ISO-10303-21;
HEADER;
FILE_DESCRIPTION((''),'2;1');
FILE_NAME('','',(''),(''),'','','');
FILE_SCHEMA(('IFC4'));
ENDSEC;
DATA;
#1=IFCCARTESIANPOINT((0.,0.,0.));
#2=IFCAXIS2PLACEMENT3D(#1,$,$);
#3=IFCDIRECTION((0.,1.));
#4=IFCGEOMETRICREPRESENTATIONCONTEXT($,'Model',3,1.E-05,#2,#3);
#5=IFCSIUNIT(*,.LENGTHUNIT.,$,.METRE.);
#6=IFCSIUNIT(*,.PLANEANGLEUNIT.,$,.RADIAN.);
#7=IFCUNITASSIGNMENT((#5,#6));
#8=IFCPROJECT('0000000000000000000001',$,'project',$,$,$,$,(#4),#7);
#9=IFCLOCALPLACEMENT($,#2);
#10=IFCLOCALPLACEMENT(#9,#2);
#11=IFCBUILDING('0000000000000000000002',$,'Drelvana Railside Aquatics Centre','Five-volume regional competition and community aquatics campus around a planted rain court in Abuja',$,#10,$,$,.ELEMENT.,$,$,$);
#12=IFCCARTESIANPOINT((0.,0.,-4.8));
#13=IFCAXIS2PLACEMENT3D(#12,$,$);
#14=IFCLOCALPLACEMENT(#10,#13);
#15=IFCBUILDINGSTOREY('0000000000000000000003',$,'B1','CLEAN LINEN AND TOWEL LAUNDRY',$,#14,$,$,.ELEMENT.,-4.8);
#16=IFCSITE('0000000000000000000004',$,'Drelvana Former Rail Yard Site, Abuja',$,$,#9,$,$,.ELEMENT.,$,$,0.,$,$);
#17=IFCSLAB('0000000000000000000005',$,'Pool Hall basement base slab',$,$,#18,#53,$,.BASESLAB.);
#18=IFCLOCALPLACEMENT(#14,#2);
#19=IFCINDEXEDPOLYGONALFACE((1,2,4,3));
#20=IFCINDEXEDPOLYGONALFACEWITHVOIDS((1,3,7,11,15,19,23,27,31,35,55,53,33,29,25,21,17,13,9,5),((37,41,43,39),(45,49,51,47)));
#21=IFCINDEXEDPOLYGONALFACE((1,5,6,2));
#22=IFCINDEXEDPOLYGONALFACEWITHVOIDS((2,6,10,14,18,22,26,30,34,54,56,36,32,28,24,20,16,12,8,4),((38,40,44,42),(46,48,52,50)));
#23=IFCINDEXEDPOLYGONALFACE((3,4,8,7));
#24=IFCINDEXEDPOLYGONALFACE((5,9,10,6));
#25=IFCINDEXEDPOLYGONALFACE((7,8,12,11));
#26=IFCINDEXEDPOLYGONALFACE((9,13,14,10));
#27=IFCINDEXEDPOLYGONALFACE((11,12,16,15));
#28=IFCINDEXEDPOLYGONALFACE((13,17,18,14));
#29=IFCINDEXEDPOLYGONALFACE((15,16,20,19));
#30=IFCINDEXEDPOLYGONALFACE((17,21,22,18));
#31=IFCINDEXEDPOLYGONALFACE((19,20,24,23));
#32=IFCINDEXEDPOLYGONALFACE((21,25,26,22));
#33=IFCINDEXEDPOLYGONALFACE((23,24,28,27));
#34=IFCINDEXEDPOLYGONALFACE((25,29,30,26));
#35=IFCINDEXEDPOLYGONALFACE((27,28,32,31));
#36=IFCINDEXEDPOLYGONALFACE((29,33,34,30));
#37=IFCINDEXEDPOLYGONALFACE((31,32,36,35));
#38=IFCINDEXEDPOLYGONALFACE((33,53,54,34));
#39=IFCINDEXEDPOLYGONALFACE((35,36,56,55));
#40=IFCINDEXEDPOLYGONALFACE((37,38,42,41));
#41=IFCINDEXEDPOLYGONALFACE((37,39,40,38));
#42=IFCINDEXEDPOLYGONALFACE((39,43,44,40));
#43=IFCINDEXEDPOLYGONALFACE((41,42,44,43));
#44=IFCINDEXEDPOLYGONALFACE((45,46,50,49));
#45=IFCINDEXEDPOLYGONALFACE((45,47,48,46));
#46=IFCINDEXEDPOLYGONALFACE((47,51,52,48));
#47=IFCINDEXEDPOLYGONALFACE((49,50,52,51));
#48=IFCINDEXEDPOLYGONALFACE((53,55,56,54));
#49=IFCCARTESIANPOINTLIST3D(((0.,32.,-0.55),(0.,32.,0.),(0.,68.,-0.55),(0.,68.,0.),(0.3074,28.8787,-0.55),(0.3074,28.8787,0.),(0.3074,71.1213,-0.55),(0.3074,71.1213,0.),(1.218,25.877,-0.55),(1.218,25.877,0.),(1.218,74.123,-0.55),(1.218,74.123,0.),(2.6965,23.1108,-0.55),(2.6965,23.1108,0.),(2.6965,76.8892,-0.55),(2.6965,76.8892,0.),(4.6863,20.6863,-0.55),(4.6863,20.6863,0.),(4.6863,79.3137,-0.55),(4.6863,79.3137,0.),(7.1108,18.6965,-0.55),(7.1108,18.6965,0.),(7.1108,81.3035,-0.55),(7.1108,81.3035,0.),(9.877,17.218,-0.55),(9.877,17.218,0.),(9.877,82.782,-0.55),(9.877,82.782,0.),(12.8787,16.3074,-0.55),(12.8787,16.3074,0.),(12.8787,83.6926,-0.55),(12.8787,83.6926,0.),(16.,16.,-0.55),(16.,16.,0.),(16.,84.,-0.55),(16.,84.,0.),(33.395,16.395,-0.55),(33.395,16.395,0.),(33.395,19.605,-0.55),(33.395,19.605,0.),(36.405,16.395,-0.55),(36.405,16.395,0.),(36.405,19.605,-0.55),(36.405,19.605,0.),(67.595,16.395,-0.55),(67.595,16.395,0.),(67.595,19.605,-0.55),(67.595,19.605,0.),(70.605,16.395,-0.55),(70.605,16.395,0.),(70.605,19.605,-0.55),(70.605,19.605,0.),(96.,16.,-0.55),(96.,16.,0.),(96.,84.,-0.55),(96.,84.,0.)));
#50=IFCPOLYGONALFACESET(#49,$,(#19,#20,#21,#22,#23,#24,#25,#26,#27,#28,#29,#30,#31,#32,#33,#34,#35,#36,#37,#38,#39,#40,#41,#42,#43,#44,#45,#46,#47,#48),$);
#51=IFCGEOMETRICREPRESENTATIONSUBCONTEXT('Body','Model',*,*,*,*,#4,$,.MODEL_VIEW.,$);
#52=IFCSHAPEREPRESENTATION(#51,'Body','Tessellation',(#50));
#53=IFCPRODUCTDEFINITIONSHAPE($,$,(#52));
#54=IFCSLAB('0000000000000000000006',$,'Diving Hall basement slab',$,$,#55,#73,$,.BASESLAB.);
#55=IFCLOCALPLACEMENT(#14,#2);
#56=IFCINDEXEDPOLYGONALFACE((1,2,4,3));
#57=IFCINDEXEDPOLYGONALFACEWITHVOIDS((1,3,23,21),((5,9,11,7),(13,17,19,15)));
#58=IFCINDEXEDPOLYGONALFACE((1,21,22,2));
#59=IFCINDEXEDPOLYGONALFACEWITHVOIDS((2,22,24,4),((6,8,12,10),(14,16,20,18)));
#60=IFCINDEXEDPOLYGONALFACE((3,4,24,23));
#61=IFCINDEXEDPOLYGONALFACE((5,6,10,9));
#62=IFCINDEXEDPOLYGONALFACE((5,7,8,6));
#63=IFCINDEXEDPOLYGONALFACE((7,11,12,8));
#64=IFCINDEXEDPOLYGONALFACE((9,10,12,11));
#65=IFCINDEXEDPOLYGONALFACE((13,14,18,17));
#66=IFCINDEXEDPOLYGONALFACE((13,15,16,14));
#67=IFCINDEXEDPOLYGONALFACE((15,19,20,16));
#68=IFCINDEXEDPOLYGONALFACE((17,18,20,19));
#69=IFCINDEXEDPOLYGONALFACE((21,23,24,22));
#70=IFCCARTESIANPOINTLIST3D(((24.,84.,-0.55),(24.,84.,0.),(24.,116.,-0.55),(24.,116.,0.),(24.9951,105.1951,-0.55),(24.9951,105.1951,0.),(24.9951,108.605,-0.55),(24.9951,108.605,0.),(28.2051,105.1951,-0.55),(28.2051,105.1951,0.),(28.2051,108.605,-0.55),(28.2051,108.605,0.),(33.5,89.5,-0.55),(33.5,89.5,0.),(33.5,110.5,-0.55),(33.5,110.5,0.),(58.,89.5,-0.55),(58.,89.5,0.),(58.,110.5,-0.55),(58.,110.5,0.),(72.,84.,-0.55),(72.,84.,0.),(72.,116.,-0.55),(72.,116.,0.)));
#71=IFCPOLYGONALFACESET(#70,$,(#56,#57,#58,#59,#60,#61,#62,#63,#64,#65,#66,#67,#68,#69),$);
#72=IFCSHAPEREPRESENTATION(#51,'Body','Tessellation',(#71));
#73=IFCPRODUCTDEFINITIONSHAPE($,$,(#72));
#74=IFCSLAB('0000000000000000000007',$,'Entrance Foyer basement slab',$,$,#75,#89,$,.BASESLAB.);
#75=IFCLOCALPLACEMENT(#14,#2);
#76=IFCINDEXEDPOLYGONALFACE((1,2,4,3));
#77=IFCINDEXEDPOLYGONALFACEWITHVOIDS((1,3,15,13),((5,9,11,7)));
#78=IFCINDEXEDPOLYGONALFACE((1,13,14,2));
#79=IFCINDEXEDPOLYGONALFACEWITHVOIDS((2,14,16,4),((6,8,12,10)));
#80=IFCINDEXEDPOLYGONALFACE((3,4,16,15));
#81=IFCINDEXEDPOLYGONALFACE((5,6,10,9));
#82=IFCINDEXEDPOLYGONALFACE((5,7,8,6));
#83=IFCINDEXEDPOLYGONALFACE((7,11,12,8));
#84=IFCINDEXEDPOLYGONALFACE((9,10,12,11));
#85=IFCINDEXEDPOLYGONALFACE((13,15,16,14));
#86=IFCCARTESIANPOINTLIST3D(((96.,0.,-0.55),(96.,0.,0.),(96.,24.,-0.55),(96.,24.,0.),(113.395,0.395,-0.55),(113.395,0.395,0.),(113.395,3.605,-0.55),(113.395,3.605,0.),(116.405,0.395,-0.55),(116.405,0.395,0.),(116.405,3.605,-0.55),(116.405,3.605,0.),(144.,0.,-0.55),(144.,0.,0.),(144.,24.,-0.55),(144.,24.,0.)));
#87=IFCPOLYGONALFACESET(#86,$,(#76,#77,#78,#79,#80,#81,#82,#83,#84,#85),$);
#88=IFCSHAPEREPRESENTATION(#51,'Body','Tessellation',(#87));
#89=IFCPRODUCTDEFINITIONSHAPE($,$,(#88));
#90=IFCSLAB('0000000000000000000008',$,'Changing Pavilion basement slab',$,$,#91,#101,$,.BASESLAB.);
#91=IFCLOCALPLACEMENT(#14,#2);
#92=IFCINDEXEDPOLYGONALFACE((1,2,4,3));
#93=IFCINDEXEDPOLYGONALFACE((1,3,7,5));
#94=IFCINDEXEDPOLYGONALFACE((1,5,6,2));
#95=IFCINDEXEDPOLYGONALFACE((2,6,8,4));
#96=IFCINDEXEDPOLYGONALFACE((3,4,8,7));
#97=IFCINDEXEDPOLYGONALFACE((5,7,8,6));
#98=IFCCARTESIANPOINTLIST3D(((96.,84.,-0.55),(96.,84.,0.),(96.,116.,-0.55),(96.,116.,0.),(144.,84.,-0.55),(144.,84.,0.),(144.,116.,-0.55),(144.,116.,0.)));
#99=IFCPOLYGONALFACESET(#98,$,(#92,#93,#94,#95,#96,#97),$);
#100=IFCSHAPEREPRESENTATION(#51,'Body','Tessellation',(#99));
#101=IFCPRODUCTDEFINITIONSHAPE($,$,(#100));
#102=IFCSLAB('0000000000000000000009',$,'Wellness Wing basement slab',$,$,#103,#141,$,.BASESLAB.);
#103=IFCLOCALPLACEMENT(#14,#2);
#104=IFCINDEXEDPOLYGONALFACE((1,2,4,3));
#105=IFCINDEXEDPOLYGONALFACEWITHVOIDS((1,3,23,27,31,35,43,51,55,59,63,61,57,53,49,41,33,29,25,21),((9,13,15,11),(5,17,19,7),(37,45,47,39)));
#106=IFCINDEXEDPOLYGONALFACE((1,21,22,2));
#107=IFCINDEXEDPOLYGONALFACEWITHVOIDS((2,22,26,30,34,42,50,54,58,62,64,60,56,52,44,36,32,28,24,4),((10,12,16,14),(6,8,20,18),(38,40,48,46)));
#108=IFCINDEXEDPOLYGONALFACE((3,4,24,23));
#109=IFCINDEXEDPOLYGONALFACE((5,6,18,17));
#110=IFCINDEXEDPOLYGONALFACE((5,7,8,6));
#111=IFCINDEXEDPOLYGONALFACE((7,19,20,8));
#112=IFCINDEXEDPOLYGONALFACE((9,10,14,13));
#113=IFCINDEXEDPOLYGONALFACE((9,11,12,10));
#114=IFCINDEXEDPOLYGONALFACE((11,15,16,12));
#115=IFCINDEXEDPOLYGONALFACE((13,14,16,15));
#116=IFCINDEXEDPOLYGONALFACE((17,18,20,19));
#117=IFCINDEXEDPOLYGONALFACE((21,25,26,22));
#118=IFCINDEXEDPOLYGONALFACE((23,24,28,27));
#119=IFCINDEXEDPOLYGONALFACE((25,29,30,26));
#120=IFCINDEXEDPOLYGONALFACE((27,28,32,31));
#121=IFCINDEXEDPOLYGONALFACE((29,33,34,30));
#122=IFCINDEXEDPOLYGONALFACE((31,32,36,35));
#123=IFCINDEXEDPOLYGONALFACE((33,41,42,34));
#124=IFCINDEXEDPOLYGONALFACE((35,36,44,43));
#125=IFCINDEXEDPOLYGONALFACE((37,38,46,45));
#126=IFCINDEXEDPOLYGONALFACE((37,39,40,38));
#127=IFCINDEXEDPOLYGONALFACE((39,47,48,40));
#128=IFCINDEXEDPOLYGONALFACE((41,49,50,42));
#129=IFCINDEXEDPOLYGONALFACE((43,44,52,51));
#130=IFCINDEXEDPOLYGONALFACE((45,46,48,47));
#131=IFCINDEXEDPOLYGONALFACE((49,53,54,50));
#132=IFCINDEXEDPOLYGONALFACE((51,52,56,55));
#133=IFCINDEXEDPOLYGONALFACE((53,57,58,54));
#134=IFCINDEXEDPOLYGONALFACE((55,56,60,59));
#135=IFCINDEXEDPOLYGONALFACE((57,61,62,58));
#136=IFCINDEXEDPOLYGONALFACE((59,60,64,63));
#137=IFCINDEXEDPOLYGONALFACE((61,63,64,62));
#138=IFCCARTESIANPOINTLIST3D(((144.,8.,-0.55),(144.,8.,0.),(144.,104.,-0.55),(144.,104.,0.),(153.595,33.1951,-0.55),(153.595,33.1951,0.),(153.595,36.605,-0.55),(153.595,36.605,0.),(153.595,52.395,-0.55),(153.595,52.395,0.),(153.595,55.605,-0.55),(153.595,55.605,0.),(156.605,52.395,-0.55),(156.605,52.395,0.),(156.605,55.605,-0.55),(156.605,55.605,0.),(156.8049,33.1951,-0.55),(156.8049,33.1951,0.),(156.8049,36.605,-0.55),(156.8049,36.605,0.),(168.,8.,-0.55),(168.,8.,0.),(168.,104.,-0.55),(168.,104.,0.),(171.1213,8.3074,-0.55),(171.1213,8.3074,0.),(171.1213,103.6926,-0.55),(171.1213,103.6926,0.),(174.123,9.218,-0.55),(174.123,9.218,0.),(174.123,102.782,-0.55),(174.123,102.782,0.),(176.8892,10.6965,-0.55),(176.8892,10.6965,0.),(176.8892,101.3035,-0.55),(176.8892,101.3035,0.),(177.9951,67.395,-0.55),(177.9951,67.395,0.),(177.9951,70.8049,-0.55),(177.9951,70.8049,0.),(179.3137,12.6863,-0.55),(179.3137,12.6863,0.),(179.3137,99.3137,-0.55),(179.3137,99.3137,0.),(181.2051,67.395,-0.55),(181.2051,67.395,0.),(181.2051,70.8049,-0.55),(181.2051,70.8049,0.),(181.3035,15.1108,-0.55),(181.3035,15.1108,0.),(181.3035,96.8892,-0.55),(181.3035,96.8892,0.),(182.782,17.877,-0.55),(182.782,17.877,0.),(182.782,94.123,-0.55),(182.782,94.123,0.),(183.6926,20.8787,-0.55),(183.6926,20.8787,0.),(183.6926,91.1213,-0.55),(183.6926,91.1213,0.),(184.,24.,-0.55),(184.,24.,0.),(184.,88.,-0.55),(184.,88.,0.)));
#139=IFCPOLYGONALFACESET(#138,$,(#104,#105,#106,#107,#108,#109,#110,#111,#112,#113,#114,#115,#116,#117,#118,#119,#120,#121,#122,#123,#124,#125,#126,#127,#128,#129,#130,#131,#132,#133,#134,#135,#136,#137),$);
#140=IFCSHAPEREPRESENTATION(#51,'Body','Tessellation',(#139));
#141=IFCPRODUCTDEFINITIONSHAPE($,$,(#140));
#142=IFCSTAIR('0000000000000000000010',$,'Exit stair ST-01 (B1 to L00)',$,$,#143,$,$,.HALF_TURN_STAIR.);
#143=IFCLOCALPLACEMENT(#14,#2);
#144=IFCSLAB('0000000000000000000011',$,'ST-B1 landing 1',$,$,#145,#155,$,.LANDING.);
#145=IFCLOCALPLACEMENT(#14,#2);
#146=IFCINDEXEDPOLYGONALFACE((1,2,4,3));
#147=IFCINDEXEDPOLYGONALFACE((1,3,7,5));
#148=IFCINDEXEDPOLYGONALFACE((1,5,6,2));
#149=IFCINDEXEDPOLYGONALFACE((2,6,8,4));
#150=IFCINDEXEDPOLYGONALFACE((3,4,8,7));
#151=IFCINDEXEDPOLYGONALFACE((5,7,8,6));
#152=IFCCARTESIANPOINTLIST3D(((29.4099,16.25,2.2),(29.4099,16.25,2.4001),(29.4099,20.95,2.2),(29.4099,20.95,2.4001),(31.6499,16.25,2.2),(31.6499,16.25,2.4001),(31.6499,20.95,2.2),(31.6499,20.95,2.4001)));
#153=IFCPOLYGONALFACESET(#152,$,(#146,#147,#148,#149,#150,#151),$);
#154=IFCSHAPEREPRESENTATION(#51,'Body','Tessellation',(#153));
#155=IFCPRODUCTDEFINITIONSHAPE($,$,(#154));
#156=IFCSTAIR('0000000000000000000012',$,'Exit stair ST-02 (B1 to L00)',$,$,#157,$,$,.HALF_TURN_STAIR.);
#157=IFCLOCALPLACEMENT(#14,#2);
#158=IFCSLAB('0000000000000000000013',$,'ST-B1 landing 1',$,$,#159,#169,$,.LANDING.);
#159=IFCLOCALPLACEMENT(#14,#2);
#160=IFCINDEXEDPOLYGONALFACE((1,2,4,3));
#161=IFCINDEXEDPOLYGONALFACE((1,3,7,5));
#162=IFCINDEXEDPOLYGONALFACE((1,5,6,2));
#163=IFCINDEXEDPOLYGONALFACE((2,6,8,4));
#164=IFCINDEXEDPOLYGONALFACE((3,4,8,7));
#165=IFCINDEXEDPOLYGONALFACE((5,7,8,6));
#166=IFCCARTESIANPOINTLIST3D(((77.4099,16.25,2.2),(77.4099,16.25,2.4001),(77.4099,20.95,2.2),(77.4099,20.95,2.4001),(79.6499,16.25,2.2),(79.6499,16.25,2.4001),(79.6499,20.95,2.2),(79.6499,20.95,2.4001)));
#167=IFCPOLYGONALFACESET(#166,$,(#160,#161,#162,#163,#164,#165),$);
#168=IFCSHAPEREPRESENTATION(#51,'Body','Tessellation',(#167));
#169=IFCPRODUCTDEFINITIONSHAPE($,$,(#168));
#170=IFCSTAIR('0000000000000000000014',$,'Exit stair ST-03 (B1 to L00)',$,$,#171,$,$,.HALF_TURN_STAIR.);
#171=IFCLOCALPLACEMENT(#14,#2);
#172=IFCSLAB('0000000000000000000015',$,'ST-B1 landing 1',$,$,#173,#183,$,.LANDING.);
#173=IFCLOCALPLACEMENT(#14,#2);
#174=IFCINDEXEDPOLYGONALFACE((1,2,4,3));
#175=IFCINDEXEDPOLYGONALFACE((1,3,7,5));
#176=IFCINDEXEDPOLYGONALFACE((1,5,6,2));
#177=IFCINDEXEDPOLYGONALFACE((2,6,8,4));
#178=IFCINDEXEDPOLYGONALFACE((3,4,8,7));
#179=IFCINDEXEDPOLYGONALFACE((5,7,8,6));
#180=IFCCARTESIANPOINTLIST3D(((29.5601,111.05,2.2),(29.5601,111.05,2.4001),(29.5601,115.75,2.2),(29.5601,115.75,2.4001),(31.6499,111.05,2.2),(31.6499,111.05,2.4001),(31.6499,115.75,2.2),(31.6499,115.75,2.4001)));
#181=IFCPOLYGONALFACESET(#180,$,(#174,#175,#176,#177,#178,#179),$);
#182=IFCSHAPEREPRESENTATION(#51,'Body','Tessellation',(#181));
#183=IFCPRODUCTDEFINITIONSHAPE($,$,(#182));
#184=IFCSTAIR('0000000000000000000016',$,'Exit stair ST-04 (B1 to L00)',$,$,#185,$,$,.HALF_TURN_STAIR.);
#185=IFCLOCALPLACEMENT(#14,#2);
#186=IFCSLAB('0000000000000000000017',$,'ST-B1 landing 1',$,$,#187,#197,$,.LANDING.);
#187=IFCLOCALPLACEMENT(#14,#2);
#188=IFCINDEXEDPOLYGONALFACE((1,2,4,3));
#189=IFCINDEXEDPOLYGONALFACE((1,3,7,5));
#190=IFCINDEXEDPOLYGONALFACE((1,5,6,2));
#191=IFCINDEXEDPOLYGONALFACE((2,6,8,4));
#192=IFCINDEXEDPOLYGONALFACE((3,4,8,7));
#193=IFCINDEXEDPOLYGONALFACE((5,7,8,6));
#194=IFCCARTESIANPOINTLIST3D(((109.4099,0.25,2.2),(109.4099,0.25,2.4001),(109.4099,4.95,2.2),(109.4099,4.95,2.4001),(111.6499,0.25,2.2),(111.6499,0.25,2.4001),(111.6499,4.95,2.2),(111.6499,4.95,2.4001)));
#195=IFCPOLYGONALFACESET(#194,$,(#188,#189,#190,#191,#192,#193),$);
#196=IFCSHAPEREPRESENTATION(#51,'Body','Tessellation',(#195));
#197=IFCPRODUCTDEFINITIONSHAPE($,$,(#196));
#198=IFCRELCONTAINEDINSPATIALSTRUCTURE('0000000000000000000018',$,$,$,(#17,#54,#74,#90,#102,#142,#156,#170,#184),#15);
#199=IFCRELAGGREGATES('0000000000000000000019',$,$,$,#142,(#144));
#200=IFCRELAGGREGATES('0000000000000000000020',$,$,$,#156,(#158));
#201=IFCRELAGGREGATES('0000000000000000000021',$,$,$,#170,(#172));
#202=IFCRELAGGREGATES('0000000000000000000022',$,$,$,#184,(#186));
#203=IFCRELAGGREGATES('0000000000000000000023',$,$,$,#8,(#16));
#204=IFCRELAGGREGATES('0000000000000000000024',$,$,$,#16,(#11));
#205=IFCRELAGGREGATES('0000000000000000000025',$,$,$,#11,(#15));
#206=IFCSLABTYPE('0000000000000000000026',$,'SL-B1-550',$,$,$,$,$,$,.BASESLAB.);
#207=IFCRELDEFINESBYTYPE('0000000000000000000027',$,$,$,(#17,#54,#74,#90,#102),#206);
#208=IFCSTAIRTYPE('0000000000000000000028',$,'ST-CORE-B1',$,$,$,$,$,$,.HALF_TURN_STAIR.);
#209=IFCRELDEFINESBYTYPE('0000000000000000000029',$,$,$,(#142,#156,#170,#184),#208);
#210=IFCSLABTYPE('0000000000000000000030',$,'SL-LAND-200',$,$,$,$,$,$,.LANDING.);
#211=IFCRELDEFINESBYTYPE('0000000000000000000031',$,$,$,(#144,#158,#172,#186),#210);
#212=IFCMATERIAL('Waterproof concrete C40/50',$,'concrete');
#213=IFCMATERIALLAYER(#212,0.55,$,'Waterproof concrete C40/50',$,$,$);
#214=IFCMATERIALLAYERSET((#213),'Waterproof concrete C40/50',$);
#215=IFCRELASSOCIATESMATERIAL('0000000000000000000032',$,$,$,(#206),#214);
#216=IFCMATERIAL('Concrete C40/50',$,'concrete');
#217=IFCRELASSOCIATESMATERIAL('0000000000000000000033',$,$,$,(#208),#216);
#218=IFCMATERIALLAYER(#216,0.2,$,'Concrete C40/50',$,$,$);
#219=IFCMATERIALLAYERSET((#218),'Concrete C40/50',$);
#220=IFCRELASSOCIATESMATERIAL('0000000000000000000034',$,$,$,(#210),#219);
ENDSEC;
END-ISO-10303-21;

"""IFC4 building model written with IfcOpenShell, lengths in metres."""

from ifc_helpers import new_model, si_unit, direction, frame, origin, place, context, subcontext, project, spatial, polyline, outline, extrude, material, layer, layer_set, type_object, element, aggregate, save


model = new_model("IFC4")

# Units and contexts
model_context = context("Model", 3, precision=1e-05, world=origin(), true_north=direction((0.0, 1.0)))
body_context = subcontext(model_context, "Body", "Model", "MODEL_VIEW")
ifc_project = project(units=[si_unit("LENGTHUNIT", "METRE"), si_unit("PLANEANGLEUNIT", "RADIAN")], contexts=[model_context])

# Site, building, storey
site_placement = place(None, origin())
site = spatial("IfcSite", under=ifc_project, at=site_placement, Name="Drelvana Former Rail Yard Site, Abuja", CompositionType="ELEMENT", RefElevation=0.0)
building_placement = place(site_placement, origin())
building = spatial("IfcBuilding", under=site, at=building_placement, Name="Drelvana Railside Aquatics Centre", Description="Five-volume regional competition and community aquatics campus around a planted rain court in Abuja", CompositionType="ELEMENT")
storey_placement = place(building_placement, frame((0.0, 0.0, -4.8)))
storey = spatial("IfcBuildingStorey", under=building, at=storey_placement, Name="B1", Description="CLEAN LINEN AND TOWEL LAUNDRY", CompositionType="ELEMENT", Elevation=-4.8)

# Slabs
ifc_material_1 = material(Name="Waterproof concrete C40/50", Category="concrete")
ifc_layer_1 = layer(ifc_material_1, 0.55, Name="Waterproof concrete C40/50")
ifc_layer_set_1 = layer_set([ifc_layer_1], Name="Waterproof concrete C40/50")
slab_type_1 = type_object("IfcSlabType", Name="SL-B1-550", PredefinedType="BASESLAB", material=ifc_layer_set_1)
slab_1_placement = place(storey_placement, frame((0.0, 0.0, -0.55)))
element("IfcSlab", 1, at=slab_1_placement, inside=storey, type_object=slab_type_1, Name="Pool Hall basement base slab", PredefinedType="BASESLAB", context=body_context, shape_type="SweptSolid", body=[
    extrude(outline(polyline([(0.0, 32.0), (0.3074, 28.8787), (1.218, 25.877), (2.6965, 23.1108), (4.6863, 20.6863), (7.1108, 18.6965), (9.877, 17.218), (12.8787, 16.3074), (16.0, 16.0), (96.0, 16.0), (96.0, 84.0), (16.0, 84.0), (12.8787, 83.6926), (9.877, 82.782), (7.1108, 81.3035), (4.6863, 79.3137), (2.6965, 76.8892), (1.218, 74.123), (0.3074, 71.1213), (0.0, 68.0), (0.0, 32.0)]), holes=[polyline([(33.395, 16.395), (36.405, 16.395), (36.405, 19.605), (33.395, 19.605), (33.395, 16.395)]), polyline([(67.595, 16.395), (70.605, 16.395), (70.605, 19.605), (67.595, 19.605), (67.595, 16.395)])]), origin(), (0.0, 0.0, 1.0), 0.55),
])
slab_2_placement = place(storey_placement, frame((0.0, 0.0, -0.55)))
element("IfcSlab", 2, at=slab_2_placement, inside=storey, type_object=slab_type_1, Name="Diving Hall basement slab", PredefinedType="BASESLAB", context=body_context, shape_type="SweptSolid", body=[
    extrude(outline(polyline([(24.0, 84.0), (72.0, 84.0), (72.0, 116.0), (24.0, 116.0), (24.0, 84.0)]), holes=[polyline([(33.5, 89.5), (58.0, 89.5), (58.0, 110.5), (33.5, 110.5), (33.5, 89.5)]), polyline([(24.9951, 105.1951), (28.2051, 105.1951), (28.2051, 108.605), (24.9951, 108.605), (24.9951, 105.1951)])]), origin(), (0.0, 0.0, 1.0), 0.55),
])
slab_3_placement = place(storey_placement, frame((0.0, 0.0, -0.55)))
element("IfcSlab", 3, at=slab_3_placement, inside=storey, type_object=slab_type_1, Name="Entrance Foyer basement slab", PredefinedType="BASESLAB", context=body_context, shape_type="SweptSolid", body=[
    extrude(outline(polyline([(96.0, 0.0), (144.0, 0.0), (144.0, 24.0), (96.0, 24.0), (96.0, 0.0)]), holes=[polyline([(113.395, 0.395), (116.405, 0.395), (116.405, 3.605), (113.395, 3.605), (113.395, 0.395)])]), origin(), (0.0, 0.0, 1.0), 0.55),
])
slab_4_placement = place(storey_placement, frame((0.0, 0.0, -0.55)))
element("IfcSlab", 4, at=slab_4_placement, inside=storey, type_object=slab_type_1, Name="Changing Pavilion basement slab", PredefinedType="BASESLAB", context=body_context, shape_type="SweptSolid", body=[
    extrude(outline(polyline([(96.0, 84.0), (144.0, 84.0), (144.0, 116.0), (96.0, 116.0), (96.0, 84.0)])), origin(), (0.0, 0.0, 1.0), 0.55),
])
slab_5_placement = place(storey_placement, frame((0.0, 0.0, -0.55)))
element("IfcSlab", 5, at=slab_5_placement, inside=storey, type_object=slab_type_1, Name="Wellness Wing basement slab", PredefinedType="BASESLAB", context=body_context, shape_type="SweptSolid", body=[
    extrude(outline(polyline([(144.0, 8.0), (168.0, 8.0), (171.1213, 8.3074), (174.123, 9.218), (176.8892, 10.6965), (179.3137, 12.6863), (181.3035, 15.1108), (182.782, 17.877), (183.6926, 20.8787), (184.0, 24.0), (184.0, 88.0), (183.6926, 91.1213), (182.782, 94.123), (181.3035, 96.8892), (179.3137, 99.3137), (176.8892, 101.3035), (174.123, 102.782), (171.1213, 103.6926), (168.0, 104.0), (144.0, 104.0), (144.0, 8.0)]), holes=[polyline([(153.595, 33.1951), (156.8049, 33.1951), (156.8049, 36.605), (153.595, 36.605), (153.595, 33.1951)]), polyline([(177.9951, 67.395), (181.2051, 67.395), (181.2051, 70.8049), (177.9951, 70.8049), (177.9951, 67.395)]), polyline([(153.595, 52.395), (156.605, 52.395), (156.605, 55.605), (153.595, 55.605), (153.595, 52.395)])]), origin(), (0.0, 0.0, 1.0), 0.55),
])

# Stairs, slabs
ifc_material_2 = material(Name="Concrete C40/50", Category="concrete")
stair_type = type_object("IfcStairType", Name="ST-CORE-B1", PredefinedType="HALF_TURN_STAIR", material=ifc_material_2)
stair_1_placement = place(storey_placement, origin())
stair_1 = element("IfcStair", 6, at=stair_1_placement, inside=storey, type_object=stair_type, Name="Exit stair ST-01 (B1 to L00)", PredefinedType="HALF_TURN_STAIR")
ifc_layer_2 = layer(ifc_material_2, 0.2, Name="Concrete C40/50")
ifc_layer_set_2 = layer_set([ifc_layer_2], Name="Concrete C40/50")
slab_type_2 = type_object("IfcSlabType", Name="SL-LAND-200", PredefinedType="LANDING", material=ifc_layer_set_2)
slab_6_placement = place(storey_placement, frame((0.0, 0.0, 2.2)))
slab_6 = element("IfcSlab", 7, at=slab_6_placement, type_object=slab_type_2, Name="ST-B1 landing 1", PredefinedType="LANDING", context=body_context, shape_type="SweptSolid", body=[
    extrude(outline(polyline([(29.4099, 16.25), (31.6499, 16.25), (31.6499, 20.95), (29.4099, 20.95), (29.4099, 16.25)])), origin(), (0.0, 0.0, 1.0), 0.2002),
])
aggregate(stair_1, [slab_6])
stair_2_placement = place(storey_placement, origin())
stair_2 = element("IfcStair", 8, at=stair_2_placement, inside=storey, type_object=stair_type, Name="Exit stair ST-02 (B1 to L00)", PredefinedType="HALF_TURN_STAIR")
slab_7_placement = place(storey_placement, frame((0.0, 0.0, 2.2)))
slab_7 = element("IfcSlab", 9, at=slab_7_placement, type_object=slab_type_2, Name="ST-B1 landing 1", PredefinedType="LANDING", context=body_context, shape_type="SweptSolid", body=[
    extrude(outline(polyline([(77.4099, 16.25), (79.6499, 16.25), (79.6499, 20.95), (77.4099, 20.95), (77.4099, 16.25)])), origin(), (0.0, 0.0, 1.0), 0.2002),
])
aggregate(stair_2, [slab_7])
stair_3_placement = place(storey_placement, origin())
stair_3 = element("IfcStair", 10, at=stair_3_placement, inside=storey, type_object=stair_type, Name="Exit stair ST-03 (B1 to L00)", PredefinedType="HALF_TURN_STAIR")
slab_8_placement = place(storey_placement, frame((0.0, 0.0, 2.2)))
slab_8 = element("IfcSlab", 11, at=slab_8_placement, type_object=slab_type_2, Name="ST-B1 landing 1", PredefinedType="LANDING", context=body_context, shape_type="SweptSolid", body=[
    extrude(outline(polyline([(29.5601, 111.05), (31.6499, 111.05), (31.6499, 115.75), (29.5601, 115.75), (29.5601, 111.05)])), origin(), (0.0, 0.0, 1.0), 0.2002),
])
aggregate(stair_3, [slab_8])
stair_4_placement = place(storey_placement, origin())
stair_4 = element("IfcStair", 12, at=stair_4_placement, inside=storey, type_object=stair_type, Name="Exit stair ST-04 (B1 to L00)", PredefinedType="HALF_TURN_STAIR")
slab_9_placement = place(storey_placement, frame((0.0, 0.0, 2.2)))
slab_9 = element("IfcSlab", 13, at=slab_9_placement, type_object=slab_type_2, Name="ST-B1 landing 1", PredefinedType="LANDING", context=body_context, shape_type="SweptSolid", body=[
    extrude(outline(polyline([(109.4099, 0.25), (111.6499, 0.25), (111.6499, 4.95), (109.4099, 4.95), (109.4099, 0.25)])), origin(), (0.0, 0.0, 1.0), 0.2002),
])
aggregate(stair_4, [slab_9])

save(model, "model.ifc")
